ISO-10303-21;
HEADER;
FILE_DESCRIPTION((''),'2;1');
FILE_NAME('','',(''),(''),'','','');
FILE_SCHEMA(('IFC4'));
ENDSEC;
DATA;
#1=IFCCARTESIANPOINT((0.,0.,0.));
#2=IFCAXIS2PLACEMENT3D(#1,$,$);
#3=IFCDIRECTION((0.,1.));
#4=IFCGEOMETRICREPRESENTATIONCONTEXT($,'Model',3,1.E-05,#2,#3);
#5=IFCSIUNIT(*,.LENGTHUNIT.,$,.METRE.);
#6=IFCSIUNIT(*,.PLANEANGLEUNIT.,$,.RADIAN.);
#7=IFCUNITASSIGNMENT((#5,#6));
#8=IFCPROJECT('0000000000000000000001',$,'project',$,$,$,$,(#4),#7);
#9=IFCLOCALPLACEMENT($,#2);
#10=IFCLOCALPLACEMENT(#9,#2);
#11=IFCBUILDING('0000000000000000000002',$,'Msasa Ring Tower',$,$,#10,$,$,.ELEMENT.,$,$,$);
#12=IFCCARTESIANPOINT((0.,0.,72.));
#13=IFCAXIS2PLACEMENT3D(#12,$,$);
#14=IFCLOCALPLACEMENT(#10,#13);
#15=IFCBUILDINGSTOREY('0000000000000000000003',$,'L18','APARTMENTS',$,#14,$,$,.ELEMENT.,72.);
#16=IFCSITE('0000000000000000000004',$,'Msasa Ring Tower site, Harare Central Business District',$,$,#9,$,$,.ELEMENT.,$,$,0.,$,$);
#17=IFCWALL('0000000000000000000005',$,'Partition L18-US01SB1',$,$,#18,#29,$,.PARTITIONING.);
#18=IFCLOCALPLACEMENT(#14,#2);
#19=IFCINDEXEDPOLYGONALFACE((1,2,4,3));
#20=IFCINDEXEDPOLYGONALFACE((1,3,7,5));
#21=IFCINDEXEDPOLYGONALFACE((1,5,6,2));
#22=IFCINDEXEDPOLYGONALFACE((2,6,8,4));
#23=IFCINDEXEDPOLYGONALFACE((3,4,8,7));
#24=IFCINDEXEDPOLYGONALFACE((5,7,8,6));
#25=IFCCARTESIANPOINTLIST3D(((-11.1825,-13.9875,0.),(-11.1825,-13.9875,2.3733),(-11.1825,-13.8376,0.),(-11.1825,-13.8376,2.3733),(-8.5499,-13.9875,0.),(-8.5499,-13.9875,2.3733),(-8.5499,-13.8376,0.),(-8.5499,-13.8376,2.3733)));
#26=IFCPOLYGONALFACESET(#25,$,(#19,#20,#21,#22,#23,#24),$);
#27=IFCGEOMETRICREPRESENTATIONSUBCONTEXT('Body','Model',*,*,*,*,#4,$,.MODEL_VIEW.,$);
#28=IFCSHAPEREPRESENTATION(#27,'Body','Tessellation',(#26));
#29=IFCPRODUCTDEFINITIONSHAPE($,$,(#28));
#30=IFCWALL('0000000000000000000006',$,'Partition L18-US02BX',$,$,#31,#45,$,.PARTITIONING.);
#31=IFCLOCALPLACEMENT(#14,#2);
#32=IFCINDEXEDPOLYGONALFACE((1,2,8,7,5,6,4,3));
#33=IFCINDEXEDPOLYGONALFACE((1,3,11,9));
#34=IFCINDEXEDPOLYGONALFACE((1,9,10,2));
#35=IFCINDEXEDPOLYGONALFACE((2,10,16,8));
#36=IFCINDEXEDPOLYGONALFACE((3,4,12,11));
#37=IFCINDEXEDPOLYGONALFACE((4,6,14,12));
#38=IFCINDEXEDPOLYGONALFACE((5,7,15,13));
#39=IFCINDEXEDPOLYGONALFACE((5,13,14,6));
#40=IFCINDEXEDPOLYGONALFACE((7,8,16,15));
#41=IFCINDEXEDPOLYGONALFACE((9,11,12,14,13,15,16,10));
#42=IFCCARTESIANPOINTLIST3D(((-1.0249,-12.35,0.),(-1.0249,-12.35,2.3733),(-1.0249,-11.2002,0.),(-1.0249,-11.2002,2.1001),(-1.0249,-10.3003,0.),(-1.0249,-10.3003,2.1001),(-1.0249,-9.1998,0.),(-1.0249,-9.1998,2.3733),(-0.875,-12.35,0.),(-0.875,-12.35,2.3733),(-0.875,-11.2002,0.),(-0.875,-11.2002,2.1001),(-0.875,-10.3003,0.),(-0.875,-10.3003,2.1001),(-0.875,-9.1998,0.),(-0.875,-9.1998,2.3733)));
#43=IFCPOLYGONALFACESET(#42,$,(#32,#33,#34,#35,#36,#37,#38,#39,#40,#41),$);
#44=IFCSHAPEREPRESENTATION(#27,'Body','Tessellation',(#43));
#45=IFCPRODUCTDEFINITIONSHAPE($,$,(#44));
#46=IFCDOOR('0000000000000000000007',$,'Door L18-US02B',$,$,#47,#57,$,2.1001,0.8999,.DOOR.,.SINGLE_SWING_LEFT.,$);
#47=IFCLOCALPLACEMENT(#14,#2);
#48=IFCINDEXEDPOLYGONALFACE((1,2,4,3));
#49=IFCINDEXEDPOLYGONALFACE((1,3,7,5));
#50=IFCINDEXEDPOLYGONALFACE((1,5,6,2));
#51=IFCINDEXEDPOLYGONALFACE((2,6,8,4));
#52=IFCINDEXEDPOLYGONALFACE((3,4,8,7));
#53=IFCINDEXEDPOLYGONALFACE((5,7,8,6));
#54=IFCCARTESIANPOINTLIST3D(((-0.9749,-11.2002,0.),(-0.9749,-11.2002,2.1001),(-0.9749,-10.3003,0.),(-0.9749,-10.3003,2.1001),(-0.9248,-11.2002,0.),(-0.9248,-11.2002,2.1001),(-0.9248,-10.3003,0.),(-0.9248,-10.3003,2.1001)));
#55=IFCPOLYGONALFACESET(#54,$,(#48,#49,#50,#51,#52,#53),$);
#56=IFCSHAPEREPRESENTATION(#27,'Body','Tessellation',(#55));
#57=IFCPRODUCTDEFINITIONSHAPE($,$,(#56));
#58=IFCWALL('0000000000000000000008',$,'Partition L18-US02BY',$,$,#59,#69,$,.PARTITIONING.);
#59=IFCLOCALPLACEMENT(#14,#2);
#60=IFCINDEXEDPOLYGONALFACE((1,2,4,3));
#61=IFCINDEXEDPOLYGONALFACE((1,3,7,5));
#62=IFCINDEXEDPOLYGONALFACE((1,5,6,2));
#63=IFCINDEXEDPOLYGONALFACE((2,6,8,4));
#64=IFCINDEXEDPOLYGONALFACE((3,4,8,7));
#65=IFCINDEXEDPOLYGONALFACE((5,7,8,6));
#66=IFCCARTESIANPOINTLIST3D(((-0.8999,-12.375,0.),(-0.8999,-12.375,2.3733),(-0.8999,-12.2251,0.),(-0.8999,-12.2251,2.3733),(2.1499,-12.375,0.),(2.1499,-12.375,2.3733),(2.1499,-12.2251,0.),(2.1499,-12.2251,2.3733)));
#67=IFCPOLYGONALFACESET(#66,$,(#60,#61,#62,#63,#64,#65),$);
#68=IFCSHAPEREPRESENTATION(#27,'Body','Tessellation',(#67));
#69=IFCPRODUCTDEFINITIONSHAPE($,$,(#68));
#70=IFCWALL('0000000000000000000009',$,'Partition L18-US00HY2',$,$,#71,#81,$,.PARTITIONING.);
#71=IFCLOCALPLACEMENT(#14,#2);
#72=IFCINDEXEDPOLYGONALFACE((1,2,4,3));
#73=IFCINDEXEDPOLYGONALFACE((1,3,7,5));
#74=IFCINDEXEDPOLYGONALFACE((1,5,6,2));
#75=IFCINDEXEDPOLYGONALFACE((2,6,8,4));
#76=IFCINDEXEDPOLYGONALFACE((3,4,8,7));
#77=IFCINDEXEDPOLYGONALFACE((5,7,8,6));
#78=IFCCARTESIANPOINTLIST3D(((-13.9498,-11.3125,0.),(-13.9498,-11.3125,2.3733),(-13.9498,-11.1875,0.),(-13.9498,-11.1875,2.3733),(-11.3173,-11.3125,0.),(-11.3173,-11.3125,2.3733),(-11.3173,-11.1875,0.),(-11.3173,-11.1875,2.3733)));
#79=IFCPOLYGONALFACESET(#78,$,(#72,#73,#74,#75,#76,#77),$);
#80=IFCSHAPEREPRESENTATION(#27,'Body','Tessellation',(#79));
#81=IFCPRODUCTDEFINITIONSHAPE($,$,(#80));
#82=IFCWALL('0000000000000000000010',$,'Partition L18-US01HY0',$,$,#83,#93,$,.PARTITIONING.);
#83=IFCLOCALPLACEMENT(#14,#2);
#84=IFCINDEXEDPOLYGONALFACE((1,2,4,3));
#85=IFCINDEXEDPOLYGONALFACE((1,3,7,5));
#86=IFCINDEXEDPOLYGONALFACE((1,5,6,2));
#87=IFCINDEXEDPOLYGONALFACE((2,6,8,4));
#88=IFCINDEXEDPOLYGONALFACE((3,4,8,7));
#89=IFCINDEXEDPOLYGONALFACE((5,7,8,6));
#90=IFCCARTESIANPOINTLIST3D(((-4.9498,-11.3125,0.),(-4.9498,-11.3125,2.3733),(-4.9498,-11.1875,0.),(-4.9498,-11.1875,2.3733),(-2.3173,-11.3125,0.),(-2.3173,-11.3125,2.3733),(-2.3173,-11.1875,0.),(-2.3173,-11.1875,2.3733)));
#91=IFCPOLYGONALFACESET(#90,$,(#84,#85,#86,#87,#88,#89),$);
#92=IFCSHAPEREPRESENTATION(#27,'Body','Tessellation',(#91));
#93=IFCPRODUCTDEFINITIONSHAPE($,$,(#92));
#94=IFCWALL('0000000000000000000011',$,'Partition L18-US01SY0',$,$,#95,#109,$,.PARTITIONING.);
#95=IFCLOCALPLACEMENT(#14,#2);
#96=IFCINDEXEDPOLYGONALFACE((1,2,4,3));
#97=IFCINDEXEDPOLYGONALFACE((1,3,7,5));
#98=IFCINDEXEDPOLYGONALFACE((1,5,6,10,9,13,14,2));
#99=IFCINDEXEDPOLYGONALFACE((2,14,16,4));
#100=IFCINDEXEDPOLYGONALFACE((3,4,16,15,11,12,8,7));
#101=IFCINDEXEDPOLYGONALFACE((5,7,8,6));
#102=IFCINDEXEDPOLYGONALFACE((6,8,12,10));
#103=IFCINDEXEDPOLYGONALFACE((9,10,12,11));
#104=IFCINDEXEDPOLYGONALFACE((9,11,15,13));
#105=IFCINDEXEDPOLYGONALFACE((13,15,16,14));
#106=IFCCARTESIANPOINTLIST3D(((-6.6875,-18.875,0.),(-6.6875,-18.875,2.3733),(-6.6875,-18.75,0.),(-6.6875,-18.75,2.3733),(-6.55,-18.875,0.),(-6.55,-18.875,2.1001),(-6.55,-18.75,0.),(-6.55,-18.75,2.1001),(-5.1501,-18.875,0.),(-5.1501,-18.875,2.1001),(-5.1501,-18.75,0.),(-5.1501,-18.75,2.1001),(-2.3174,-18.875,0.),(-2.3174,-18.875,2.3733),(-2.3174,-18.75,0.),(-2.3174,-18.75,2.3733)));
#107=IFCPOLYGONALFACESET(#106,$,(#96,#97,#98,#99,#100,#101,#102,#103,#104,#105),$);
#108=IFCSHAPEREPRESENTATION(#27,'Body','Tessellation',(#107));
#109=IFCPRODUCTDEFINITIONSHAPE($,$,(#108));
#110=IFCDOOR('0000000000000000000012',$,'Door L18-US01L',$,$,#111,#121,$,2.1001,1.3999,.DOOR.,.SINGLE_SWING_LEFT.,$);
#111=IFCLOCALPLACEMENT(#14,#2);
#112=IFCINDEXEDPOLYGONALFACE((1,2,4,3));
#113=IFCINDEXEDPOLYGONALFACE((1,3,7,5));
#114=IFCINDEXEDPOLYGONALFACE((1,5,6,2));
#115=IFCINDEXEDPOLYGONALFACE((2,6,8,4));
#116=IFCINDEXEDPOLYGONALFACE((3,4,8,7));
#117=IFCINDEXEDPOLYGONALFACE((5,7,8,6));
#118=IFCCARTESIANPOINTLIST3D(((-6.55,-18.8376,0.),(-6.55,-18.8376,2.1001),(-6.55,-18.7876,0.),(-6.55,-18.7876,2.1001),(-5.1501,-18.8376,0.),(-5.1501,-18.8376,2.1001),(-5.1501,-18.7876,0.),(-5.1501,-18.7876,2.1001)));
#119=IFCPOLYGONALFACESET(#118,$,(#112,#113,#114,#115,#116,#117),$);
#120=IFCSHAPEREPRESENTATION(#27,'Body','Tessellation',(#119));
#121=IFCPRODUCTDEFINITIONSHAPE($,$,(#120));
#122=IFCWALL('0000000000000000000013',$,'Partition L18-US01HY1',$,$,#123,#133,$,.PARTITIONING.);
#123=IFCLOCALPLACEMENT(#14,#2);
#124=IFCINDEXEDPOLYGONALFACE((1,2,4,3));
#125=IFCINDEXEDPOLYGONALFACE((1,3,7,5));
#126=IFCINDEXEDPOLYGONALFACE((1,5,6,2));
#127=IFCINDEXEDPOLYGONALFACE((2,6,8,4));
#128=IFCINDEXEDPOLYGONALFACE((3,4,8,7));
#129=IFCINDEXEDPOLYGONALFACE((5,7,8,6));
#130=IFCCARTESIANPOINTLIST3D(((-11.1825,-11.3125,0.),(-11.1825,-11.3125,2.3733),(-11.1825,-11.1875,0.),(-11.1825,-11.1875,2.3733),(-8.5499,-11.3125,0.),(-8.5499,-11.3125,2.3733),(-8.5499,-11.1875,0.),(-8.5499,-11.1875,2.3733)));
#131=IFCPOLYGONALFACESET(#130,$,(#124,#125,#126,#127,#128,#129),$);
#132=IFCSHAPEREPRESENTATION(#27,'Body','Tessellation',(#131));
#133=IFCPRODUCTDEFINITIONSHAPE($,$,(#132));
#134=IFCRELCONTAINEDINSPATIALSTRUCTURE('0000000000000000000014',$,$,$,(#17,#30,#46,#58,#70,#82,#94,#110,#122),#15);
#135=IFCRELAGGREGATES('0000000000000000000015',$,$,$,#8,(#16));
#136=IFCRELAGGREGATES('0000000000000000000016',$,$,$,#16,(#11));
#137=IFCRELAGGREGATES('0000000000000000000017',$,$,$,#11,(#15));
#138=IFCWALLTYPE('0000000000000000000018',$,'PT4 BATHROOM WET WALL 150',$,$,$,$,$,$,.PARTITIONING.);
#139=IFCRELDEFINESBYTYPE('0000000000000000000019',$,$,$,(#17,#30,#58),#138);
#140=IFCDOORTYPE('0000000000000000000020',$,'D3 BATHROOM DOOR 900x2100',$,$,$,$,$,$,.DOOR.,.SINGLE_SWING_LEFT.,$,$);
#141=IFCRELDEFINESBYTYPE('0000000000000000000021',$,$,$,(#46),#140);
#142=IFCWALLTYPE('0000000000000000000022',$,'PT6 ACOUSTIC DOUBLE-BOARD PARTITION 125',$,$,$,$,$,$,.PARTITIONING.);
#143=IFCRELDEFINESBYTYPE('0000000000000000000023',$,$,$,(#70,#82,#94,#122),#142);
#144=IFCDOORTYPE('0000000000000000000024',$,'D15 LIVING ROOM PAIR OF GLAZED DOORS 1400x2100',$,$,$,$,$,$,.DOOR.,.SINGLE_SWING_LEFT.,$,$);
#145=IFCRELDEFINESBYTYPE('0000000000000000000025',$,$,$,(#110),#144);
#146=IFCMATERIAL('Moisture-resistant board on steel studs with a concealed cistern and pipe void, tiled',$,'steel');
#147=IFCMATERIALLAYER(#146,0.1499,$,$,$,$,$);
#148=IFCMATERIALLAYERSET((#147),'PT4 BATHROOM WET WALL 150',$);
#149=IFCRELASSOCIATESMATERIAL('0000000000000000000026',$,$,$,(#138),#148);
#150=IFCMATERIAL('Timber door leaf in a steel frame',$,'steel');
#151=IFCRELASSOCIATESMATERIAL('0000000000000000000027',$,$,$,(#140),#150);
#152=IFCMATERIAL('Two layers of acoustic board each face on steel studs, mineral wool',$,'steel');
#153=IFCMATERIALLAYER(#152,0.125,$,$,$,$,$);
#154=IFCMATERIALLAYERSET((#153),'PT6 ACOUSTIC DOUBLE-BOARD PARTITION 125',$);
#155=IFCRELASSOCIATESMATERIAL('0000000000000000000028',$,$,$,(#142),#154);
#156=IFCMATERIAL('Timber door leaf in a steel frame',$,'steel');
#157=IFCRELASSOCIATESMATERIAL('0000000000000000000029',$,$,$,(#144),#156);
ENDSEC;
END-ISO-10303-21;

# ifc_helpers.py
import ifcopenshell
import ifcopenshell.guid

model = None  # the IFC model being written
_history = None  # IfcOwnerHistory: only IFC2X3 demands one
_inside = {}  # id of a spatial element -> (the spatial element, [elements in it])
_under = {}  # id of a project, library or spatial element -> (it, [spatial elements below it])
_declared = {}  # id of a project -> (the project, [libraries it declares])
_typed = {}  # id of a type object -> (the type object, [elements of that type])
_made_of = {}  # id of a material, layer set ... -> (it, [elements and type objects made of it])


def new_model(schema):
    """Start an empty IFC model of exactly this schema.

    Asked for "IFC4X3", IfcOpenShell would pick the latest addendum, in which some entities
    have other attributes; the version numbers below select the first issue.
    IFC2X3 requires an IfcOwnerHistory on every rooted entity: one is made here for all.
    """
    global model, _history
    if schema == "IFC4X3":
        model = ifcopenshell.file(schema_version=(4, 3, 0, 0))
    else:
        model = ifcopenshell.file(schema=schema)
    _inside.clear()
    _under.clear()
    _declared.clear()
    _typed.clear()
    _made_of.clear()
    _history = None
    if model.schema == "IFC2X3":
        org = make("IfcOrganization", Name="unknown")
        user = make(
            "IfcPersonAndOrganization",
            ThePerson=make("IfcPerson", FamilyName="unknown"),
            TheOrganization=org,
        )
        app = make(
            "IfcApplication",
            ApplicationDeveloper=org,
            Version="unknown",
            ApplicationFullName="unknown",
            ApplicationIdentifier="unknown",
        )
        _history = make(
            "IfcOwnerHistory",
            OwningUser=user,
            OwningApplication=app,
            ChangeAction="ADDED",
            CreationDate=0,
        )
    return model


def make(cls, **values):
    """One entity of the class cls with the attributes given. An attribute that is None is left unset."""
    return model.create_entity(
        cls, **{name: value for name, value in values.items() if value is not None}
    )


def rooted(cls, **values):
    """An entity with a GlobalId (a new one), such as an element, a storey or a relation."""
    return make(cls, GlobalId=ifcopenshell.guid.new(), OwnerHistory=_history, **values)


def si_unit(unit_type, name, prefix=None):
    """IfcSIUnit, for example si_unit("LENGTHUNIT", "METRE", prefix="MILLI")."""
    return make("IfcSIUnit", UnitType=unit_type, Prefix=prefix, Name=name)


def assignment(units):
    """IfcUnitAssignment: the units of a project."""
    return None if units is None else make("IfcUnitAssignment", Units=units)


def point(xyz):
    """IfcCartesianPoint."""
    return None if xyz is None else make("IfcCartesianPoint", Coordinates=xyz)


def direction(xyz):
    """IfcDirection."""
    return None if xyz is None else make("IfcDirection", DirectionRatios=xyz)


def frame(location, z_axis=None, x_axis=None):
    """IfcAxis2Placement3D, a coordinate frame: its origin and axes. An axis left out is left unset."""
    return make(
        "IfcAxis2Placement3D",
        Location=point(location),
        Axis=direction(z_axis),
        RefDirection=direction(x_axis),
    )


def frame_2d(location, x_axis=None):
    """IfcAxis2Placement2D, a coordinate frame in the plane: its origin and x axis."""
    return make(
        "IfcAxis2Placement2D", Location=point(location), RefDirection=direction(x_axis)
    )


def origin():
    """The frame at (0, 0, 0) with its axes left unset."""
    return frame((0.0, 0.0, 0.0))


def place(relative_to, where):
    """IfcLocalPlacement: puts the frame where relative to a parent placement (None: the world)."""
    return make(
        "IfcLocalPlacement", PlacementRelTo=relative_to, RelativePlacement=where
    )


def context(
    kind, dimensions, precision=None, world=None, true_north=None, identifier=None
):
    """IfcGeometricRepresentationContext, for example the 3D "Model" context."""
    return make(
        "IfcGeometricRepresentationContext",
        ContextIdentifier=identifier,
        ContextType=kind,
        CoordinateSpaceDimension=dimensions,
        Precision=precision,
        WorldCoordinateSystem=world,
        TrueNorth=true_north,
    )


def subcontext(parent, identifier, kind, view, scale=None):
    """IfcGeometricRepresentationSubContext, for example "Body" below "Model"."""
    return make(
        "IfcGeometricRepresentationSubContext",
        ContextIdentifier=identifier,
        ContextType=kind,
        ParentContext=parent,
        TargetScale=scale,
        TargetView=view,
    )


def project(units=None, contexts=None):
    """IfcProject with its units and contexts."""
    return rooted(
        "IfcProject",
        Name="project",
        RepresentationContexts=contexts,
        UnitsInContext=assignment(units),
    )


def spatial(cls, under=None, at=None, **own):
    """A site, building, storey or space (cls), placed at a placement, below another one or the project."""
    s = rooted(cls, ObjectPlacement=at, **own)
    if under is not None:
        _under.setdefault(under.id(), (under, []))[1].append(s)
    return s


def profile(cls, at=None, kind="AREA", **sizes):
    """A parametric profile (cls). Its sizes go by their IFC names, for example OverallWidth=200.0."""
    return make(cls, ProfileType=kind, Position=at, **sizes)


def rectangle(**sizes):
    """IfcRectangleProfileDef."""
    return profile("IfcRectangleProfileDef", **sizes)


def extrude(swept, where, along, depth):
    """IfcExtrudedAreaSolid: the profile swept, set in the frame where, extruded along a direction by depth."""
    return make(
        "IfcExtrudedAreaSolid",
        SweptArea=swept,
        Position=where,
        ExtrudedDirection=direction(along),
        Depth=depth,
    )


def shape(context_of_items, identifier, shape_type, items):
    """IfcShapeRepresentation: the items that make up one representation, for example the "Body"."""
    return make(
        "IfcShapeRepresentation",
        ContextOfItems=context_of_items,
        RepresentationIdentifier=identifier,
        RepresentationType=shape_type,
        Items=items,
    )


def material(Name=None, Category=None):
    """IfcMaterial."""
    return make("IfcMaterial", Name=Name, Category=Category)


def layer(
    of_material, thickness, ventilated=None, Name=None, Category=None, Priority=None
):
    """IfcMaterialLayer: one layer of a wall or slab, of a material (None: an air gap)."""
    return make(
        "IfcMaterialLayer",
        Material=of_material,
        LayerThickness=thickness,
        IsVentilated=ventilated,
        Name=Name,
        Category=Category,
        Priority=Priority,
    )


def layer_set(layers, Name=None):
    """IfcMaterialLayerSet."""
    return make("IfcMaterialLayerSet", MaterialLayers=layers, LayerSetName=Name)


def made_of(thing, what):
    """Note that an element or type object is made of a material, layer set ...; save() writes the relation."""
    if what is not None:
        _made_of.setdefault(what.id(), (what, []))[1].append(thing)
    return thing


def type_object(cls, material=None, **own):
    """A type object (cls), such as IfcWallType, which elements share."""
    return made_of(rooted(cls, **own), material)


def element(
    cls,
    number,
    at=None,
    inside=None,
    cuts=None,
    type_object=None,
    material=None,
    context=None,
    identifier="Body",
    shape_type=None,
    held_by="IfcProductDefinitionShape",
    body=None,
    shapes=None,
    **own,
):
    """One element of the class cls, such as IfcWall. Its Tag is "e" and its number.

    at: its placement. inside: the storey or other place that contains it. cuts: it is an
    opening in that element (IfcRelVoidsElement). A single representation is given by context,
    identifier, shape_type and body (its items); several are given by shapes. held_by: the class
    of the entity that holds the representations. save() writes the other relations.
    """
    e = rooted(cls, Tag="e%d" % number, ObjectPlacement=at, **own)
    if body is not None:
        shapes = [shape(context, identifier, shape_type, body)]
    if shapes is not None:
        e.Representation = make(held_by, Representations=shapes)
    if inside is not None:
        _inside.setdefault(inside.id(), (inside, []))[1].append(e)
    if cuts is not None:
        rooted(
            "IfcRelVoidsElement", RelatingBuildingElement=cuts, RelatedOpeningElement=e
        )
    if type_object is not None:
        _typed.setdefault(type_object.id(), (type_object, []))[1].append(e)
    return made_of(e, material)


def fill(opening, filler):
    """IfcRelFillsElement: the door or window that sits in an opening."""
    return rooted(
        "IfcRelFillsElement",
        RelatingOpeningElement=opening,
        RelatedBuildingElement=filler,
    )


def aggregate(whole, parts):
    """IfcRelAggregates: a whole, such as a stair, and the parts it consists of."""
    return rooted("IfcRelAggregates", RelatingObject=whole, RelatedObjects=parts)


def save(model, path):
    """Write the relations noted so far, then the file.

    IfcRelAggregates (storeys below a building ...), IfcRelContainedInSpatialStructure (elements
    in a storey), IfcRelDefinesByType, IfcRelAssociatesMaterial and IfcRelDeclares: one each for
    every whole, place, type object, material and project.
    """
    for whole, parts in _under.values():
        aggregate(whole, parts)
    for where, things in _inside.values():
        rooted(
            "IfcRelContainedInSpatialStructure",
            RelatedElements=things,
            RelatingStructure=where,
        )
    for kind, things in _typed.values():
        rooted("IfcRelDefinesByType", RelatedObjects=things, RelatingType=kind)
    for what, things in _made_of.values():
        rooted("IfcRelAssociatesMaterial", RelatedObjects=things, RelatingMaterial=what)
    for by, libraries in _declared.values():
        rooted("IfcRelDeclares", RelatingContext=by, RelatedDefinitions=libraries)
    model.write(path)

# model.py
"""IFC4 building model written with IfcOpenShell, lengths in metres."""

from ifc_helpers import new_model, si_unit, direction, frame, frame_2d, origin, place, context, subcontext, project, spatial, rectangle, extrude, material, layer, layer_set, type_object, element, fill, save


model = new_model("IFC4")

# Units and contexts
model_context = context("Model", 3, precision=1e-05, world=origin(), true_north=direction((0.0, 1.0)))
body_context = subcontext(model_context, "Body", "Model", "MODEL_VIEW")
ifc_project = project(units=[si_unit("LENGTHUNIT", "METRE"), si_unit("PLANEANGLEUNIT", "RADIAN")], contexts=[model_context])

# Site, building, storey
site_placement = place(None, origin())
site = spatial("IfcSite", under=ifc_project, at=site_placement, Name="Msasa Ring Tower site, Harare Central Business District", CompositionType="ELEMENT", RefElevation=0.0)
building_placement = place(site_placement, origin())
building = spatial("IfcBuilding", under=site, at=building_placement, Name="Msasa Ring Tower", CompositionType="ELEMENT")
storey_placement = place(building_placement, frame((0.0, 0.0, 72.0)))
storey = spatial("IfcBuildingStorey", under=building, at=storey_placement, Name="L18", Description="APARTMENTS", CompositionType="ELEMENT", Elevation=72.0)

# Shared definitions
ifc_material_1 = material(Name="Moisture-resistant board on steel studs with a concealed cistern and pipe void, tiled", Category="steel")
ifc_layer_1 = layer(ifc_material_1, 0.1499)
ifc_layer_set_1 = layer_set([ifc_layer_1], Name="PT4 BATHROOM WET WALL 150")
wall_type_1 = type_object("IfcWallType", Name="PT4 BATHROOM WET WALL 150", PredefinedType="PARTITIONING", material=ifc_layer_set_1)

# Wall
wall_1_placement = place(storey_placement, frame((-11.1826, -13.9126, 0.0), z_axis=(0.0, 0.0, 1.0), x_axis=(1.0, 0.0, 0.0)))
element("IfcWall", 1, at=wall_1_placement, inside=storey, type_object=wall_type_1, Name="Partition L18-US01SB1", PredefinedType="PARTITIONING", context=body_context, shape_type="SweptSolid", body=[
    extrude(rectangle(XDim=2.6326, YDim=0.1499, at=frame_2d((1.3164, 0.0))), origin(), (0.0, 0.0, 1.0), 2.3733),
])

# Wall, opening, door
wall_2_placement = place(storey_placement, frame((-0.95, -12.3501, 0.0), z_axis=(0.0, 0.0, 1.0), x_axis=(0.0, 1.0, 0.0)))
wall_2 = element("IfcWall", 2, at=wall_2_placement, inside=storey, type_object=wall_type_1, Name="Partition L18-US02BX", PredefinedType="PARTITIONING", context=body_context, shape_type="SweptSolid", body=[
    extrude(rectangle(XDim=3.1501, YDim=0.1499, at=frame_2d((1.5752, 0.0))), origin(), (0.0, 0.0, 1.0), 2.3733),
])
opening_1_placement = place(wall_2_placement, frame((1.1499, 0.0, 0.0)))
opening_1 = element("IfcOpeningElement", 3, at=opening_1_placement, cuts=wall_2, PredefinedType="OPENING", context=body_context, shape_type="SweptSolid", body=[
    extrude(rectangle(XDim=0.8999, YDim=2.1001, at=frame_2d((0.45, 1.05))), frame((0.0, 0.085, 0.0), z_axis=(0.0, -1.0, 0.0), x_axis=(1.0, 0.0, 0.0)), (0.0, 0.0, 1.0), 0.1699),
])
ifc_material_2 = material(Name="Timber door leaf in a steel frame", Category="steel")
door_type_1 = type_object("IfcDoorType", Name="D3 BATHROOM DOOR 900x2100", OperationType="SINGLE_SWING_LEFT", PredefinedType="DOOR", material=ifc_material_2)
door_1_placement = place(opening_1_placement, origin())
door_1 = element("IfcDoor", 4, at=door_1_placement, inside=storey, type_object=door_type_1, Name="Door L18-US02B", OperationType="SINGLE_SWING_LEFT", OverallHeight=2.1001, OverallWidth=0.8999, PredefinedType="DOOR", context=body_context, shape_type="SweptSolid", body=[
    extrude(rectangle(XDim=0.8999, YDim=2.1001, at=frame_2d((0.45, 1.05))), frame((0.0, 0.0249, 0.0), z_axis=(0.0, -1.0, 0.0), x_axis=(1.0, 0.0, 0.0)), (0.0, 0.0, 1.0), 0.05),
])
fill(opening_1, door_1)

# Walls
wall_3_placement = place(storey_placement, frame((-0.8999, -12.3, 0.0), z_axis=(0.0, 0.0, 1.0), x_axis=(1.0, 0.0, 0.0)))
element("IfcWall", 5, at=wall_3_placement, inside=storey, type_object=wall_type_1, Name="Partition L18-US02BY", PredefinedType="PARTITIONING", context=body_context, shape_type="SweptSolid", body=[
    extrude(rectangle(XDim=3.0498, YDim=0.1499, at=frame_2d((1.5249, 0.0))), origin(), (0.0, 0.0, 1.0), 2.3733),
])
ifc_material_3 = material(Name="Two layers of acoustic board each face on steel studs, mineral wool", Category="steel")
ifc_layer_2 = layer(ifc_material_3, 0.125)
ifc_layer_set_2 = layer_set([ifc_layer_2], Name="PT6 ACOUSTIC DOUBLE-BOARD PARTITION 125")
wall_type_2 = type_object("IfcWallType", Name="PT6 ACOUSTIC DOUBLE-BOARD PARTITION 125", PredefinedType="PARTITIONING", material=ifc_layer_set_2)
for number, where, z_axis, x_axis, name in (
    (6, (-13.95, -11.25, 0.0), (0.0, 0.0, 1.0), (1.0, 0.0, 0.0), "Partition L18-US00HY2"),
    (7, (-4.95, -11.25, 0.0), (0.0, 0.0, 1.0), (1.0, 0.0, 0.0), "Partition L18-US01HY0"),
):
    element("IfcWall", number, at=place(storey_placement, frame(where, z_axis=z_axis, x_axis=x_axis)), inside=storey, type_object=wall_type_2, Name=name, PredefinedType="PARTITIONING", context=body_context, shape_type="SweptSolid", body=[
        extrude(rectangle(XDim=2.6326, YDim=0.125, at=frame_2d((1.3164, 0.0))), origin(), (0.0, 0.0, 1.0), 2.3733),
    ])

# Wall, opening, door
wall_4_placement = place(storey_placement, frame((-6.6875, -18.8125, 0.0), z_axis=(0.0, 0.0, 1.0), x_axis=(1.0, 0.0, 0.0)))
wall_4 = element("IfcWall", 8, at=wall_4_placement, inside=storey, type_object=wall_type_2, Name="Partition L18-US01SY0", PredefinedType="PARTITIONING", context=body_context, shape_type="SweptSolid", body=[
    extrude(rectangle(XDim=4.3701, YDim=0.125, at=frame_2d((2.1851, 0.0))), origin(), (0.0, 0.0, 1.0), 2.3733),
])
opening_2_placement = place(wall_4_placement, frame((0.1375, 0.0, 0.0)))
opening_2 = element("IfcOpeningElement", 9, at=opening_2_placement, cuts=wall_4, PredefinedType="OPENING", context=body_context, shape_type="SweptSolid", body=[
    extrude(rectangle(XDim=1.3999, YDim=2.1001, at=frame_2d((0.7, 1.05))), frame((0.0, 0.0725, 0.0), z_axis=(0.0, -1.0, 0.0), x_axis=(1.0, 0.0, 0.0)), (0.0, 0.0, 1.0), 0.145),
])
ifc_material_4 = material(Name="Timber door leaf in a steel frame", Category="steel")
door_type_2 = type_object("IfcDoorType", Name="D15 LIVING ROOM PAIR OF GLAZED DOORS 1400x2100", OperationType="SINGLE_SWING_LEFT", PredefinedType="DOOR", material=ifc_material_4)
door_2_placement = place(opening_2_placement, origin())
door_2 = element("IfcDoor", 10, at=door_2_placement, inside=storey, type_object=door_type_2, Name="Door L18-US01L", OperationType="SINGLE_SWING_LEFT", OverallHeight=2.1001, OverallWidth=1.3999, PredefinedType="DOOR", context=body_context, shape_type="SweptSolid", body=[
    extrude(rectangle(XDim=1.3999, YDim=2.1001, at=frame_2d((0.7, 1.05))), frame((0.0, 0.0249, 0.0), z_axis=(0.0, -1.0, 0.0), x_axis=(1.0, 0.0, 0.0)), (0.0, 0.0, 1.0), 0.05),
])
fill(opening_2, door_2)

# Wall
wall_5_placement = place(storey_placement, frame((-11.1826, -11.25, 0.0), z_axis=(0.0, 0.0, 1.0), x_axis=(1.0, 0.0, 0.0)))
element("IfcWall", 11, at=wall_5_placement, inside=storey, type_object=wall_type_2, Name="Partition L18-US01HY1", PredefinedType="PARTITIONING", context=body_context, shape_type="SweptSolid", body=[
    extrude(rectangle(XDim=2.6326, YDim=0.125, at=frame_2d((1.3164, 0.0))), origin(), (0.0, 0.0, 1.0), 2.3733),
])

save(model, "model.ifc")
